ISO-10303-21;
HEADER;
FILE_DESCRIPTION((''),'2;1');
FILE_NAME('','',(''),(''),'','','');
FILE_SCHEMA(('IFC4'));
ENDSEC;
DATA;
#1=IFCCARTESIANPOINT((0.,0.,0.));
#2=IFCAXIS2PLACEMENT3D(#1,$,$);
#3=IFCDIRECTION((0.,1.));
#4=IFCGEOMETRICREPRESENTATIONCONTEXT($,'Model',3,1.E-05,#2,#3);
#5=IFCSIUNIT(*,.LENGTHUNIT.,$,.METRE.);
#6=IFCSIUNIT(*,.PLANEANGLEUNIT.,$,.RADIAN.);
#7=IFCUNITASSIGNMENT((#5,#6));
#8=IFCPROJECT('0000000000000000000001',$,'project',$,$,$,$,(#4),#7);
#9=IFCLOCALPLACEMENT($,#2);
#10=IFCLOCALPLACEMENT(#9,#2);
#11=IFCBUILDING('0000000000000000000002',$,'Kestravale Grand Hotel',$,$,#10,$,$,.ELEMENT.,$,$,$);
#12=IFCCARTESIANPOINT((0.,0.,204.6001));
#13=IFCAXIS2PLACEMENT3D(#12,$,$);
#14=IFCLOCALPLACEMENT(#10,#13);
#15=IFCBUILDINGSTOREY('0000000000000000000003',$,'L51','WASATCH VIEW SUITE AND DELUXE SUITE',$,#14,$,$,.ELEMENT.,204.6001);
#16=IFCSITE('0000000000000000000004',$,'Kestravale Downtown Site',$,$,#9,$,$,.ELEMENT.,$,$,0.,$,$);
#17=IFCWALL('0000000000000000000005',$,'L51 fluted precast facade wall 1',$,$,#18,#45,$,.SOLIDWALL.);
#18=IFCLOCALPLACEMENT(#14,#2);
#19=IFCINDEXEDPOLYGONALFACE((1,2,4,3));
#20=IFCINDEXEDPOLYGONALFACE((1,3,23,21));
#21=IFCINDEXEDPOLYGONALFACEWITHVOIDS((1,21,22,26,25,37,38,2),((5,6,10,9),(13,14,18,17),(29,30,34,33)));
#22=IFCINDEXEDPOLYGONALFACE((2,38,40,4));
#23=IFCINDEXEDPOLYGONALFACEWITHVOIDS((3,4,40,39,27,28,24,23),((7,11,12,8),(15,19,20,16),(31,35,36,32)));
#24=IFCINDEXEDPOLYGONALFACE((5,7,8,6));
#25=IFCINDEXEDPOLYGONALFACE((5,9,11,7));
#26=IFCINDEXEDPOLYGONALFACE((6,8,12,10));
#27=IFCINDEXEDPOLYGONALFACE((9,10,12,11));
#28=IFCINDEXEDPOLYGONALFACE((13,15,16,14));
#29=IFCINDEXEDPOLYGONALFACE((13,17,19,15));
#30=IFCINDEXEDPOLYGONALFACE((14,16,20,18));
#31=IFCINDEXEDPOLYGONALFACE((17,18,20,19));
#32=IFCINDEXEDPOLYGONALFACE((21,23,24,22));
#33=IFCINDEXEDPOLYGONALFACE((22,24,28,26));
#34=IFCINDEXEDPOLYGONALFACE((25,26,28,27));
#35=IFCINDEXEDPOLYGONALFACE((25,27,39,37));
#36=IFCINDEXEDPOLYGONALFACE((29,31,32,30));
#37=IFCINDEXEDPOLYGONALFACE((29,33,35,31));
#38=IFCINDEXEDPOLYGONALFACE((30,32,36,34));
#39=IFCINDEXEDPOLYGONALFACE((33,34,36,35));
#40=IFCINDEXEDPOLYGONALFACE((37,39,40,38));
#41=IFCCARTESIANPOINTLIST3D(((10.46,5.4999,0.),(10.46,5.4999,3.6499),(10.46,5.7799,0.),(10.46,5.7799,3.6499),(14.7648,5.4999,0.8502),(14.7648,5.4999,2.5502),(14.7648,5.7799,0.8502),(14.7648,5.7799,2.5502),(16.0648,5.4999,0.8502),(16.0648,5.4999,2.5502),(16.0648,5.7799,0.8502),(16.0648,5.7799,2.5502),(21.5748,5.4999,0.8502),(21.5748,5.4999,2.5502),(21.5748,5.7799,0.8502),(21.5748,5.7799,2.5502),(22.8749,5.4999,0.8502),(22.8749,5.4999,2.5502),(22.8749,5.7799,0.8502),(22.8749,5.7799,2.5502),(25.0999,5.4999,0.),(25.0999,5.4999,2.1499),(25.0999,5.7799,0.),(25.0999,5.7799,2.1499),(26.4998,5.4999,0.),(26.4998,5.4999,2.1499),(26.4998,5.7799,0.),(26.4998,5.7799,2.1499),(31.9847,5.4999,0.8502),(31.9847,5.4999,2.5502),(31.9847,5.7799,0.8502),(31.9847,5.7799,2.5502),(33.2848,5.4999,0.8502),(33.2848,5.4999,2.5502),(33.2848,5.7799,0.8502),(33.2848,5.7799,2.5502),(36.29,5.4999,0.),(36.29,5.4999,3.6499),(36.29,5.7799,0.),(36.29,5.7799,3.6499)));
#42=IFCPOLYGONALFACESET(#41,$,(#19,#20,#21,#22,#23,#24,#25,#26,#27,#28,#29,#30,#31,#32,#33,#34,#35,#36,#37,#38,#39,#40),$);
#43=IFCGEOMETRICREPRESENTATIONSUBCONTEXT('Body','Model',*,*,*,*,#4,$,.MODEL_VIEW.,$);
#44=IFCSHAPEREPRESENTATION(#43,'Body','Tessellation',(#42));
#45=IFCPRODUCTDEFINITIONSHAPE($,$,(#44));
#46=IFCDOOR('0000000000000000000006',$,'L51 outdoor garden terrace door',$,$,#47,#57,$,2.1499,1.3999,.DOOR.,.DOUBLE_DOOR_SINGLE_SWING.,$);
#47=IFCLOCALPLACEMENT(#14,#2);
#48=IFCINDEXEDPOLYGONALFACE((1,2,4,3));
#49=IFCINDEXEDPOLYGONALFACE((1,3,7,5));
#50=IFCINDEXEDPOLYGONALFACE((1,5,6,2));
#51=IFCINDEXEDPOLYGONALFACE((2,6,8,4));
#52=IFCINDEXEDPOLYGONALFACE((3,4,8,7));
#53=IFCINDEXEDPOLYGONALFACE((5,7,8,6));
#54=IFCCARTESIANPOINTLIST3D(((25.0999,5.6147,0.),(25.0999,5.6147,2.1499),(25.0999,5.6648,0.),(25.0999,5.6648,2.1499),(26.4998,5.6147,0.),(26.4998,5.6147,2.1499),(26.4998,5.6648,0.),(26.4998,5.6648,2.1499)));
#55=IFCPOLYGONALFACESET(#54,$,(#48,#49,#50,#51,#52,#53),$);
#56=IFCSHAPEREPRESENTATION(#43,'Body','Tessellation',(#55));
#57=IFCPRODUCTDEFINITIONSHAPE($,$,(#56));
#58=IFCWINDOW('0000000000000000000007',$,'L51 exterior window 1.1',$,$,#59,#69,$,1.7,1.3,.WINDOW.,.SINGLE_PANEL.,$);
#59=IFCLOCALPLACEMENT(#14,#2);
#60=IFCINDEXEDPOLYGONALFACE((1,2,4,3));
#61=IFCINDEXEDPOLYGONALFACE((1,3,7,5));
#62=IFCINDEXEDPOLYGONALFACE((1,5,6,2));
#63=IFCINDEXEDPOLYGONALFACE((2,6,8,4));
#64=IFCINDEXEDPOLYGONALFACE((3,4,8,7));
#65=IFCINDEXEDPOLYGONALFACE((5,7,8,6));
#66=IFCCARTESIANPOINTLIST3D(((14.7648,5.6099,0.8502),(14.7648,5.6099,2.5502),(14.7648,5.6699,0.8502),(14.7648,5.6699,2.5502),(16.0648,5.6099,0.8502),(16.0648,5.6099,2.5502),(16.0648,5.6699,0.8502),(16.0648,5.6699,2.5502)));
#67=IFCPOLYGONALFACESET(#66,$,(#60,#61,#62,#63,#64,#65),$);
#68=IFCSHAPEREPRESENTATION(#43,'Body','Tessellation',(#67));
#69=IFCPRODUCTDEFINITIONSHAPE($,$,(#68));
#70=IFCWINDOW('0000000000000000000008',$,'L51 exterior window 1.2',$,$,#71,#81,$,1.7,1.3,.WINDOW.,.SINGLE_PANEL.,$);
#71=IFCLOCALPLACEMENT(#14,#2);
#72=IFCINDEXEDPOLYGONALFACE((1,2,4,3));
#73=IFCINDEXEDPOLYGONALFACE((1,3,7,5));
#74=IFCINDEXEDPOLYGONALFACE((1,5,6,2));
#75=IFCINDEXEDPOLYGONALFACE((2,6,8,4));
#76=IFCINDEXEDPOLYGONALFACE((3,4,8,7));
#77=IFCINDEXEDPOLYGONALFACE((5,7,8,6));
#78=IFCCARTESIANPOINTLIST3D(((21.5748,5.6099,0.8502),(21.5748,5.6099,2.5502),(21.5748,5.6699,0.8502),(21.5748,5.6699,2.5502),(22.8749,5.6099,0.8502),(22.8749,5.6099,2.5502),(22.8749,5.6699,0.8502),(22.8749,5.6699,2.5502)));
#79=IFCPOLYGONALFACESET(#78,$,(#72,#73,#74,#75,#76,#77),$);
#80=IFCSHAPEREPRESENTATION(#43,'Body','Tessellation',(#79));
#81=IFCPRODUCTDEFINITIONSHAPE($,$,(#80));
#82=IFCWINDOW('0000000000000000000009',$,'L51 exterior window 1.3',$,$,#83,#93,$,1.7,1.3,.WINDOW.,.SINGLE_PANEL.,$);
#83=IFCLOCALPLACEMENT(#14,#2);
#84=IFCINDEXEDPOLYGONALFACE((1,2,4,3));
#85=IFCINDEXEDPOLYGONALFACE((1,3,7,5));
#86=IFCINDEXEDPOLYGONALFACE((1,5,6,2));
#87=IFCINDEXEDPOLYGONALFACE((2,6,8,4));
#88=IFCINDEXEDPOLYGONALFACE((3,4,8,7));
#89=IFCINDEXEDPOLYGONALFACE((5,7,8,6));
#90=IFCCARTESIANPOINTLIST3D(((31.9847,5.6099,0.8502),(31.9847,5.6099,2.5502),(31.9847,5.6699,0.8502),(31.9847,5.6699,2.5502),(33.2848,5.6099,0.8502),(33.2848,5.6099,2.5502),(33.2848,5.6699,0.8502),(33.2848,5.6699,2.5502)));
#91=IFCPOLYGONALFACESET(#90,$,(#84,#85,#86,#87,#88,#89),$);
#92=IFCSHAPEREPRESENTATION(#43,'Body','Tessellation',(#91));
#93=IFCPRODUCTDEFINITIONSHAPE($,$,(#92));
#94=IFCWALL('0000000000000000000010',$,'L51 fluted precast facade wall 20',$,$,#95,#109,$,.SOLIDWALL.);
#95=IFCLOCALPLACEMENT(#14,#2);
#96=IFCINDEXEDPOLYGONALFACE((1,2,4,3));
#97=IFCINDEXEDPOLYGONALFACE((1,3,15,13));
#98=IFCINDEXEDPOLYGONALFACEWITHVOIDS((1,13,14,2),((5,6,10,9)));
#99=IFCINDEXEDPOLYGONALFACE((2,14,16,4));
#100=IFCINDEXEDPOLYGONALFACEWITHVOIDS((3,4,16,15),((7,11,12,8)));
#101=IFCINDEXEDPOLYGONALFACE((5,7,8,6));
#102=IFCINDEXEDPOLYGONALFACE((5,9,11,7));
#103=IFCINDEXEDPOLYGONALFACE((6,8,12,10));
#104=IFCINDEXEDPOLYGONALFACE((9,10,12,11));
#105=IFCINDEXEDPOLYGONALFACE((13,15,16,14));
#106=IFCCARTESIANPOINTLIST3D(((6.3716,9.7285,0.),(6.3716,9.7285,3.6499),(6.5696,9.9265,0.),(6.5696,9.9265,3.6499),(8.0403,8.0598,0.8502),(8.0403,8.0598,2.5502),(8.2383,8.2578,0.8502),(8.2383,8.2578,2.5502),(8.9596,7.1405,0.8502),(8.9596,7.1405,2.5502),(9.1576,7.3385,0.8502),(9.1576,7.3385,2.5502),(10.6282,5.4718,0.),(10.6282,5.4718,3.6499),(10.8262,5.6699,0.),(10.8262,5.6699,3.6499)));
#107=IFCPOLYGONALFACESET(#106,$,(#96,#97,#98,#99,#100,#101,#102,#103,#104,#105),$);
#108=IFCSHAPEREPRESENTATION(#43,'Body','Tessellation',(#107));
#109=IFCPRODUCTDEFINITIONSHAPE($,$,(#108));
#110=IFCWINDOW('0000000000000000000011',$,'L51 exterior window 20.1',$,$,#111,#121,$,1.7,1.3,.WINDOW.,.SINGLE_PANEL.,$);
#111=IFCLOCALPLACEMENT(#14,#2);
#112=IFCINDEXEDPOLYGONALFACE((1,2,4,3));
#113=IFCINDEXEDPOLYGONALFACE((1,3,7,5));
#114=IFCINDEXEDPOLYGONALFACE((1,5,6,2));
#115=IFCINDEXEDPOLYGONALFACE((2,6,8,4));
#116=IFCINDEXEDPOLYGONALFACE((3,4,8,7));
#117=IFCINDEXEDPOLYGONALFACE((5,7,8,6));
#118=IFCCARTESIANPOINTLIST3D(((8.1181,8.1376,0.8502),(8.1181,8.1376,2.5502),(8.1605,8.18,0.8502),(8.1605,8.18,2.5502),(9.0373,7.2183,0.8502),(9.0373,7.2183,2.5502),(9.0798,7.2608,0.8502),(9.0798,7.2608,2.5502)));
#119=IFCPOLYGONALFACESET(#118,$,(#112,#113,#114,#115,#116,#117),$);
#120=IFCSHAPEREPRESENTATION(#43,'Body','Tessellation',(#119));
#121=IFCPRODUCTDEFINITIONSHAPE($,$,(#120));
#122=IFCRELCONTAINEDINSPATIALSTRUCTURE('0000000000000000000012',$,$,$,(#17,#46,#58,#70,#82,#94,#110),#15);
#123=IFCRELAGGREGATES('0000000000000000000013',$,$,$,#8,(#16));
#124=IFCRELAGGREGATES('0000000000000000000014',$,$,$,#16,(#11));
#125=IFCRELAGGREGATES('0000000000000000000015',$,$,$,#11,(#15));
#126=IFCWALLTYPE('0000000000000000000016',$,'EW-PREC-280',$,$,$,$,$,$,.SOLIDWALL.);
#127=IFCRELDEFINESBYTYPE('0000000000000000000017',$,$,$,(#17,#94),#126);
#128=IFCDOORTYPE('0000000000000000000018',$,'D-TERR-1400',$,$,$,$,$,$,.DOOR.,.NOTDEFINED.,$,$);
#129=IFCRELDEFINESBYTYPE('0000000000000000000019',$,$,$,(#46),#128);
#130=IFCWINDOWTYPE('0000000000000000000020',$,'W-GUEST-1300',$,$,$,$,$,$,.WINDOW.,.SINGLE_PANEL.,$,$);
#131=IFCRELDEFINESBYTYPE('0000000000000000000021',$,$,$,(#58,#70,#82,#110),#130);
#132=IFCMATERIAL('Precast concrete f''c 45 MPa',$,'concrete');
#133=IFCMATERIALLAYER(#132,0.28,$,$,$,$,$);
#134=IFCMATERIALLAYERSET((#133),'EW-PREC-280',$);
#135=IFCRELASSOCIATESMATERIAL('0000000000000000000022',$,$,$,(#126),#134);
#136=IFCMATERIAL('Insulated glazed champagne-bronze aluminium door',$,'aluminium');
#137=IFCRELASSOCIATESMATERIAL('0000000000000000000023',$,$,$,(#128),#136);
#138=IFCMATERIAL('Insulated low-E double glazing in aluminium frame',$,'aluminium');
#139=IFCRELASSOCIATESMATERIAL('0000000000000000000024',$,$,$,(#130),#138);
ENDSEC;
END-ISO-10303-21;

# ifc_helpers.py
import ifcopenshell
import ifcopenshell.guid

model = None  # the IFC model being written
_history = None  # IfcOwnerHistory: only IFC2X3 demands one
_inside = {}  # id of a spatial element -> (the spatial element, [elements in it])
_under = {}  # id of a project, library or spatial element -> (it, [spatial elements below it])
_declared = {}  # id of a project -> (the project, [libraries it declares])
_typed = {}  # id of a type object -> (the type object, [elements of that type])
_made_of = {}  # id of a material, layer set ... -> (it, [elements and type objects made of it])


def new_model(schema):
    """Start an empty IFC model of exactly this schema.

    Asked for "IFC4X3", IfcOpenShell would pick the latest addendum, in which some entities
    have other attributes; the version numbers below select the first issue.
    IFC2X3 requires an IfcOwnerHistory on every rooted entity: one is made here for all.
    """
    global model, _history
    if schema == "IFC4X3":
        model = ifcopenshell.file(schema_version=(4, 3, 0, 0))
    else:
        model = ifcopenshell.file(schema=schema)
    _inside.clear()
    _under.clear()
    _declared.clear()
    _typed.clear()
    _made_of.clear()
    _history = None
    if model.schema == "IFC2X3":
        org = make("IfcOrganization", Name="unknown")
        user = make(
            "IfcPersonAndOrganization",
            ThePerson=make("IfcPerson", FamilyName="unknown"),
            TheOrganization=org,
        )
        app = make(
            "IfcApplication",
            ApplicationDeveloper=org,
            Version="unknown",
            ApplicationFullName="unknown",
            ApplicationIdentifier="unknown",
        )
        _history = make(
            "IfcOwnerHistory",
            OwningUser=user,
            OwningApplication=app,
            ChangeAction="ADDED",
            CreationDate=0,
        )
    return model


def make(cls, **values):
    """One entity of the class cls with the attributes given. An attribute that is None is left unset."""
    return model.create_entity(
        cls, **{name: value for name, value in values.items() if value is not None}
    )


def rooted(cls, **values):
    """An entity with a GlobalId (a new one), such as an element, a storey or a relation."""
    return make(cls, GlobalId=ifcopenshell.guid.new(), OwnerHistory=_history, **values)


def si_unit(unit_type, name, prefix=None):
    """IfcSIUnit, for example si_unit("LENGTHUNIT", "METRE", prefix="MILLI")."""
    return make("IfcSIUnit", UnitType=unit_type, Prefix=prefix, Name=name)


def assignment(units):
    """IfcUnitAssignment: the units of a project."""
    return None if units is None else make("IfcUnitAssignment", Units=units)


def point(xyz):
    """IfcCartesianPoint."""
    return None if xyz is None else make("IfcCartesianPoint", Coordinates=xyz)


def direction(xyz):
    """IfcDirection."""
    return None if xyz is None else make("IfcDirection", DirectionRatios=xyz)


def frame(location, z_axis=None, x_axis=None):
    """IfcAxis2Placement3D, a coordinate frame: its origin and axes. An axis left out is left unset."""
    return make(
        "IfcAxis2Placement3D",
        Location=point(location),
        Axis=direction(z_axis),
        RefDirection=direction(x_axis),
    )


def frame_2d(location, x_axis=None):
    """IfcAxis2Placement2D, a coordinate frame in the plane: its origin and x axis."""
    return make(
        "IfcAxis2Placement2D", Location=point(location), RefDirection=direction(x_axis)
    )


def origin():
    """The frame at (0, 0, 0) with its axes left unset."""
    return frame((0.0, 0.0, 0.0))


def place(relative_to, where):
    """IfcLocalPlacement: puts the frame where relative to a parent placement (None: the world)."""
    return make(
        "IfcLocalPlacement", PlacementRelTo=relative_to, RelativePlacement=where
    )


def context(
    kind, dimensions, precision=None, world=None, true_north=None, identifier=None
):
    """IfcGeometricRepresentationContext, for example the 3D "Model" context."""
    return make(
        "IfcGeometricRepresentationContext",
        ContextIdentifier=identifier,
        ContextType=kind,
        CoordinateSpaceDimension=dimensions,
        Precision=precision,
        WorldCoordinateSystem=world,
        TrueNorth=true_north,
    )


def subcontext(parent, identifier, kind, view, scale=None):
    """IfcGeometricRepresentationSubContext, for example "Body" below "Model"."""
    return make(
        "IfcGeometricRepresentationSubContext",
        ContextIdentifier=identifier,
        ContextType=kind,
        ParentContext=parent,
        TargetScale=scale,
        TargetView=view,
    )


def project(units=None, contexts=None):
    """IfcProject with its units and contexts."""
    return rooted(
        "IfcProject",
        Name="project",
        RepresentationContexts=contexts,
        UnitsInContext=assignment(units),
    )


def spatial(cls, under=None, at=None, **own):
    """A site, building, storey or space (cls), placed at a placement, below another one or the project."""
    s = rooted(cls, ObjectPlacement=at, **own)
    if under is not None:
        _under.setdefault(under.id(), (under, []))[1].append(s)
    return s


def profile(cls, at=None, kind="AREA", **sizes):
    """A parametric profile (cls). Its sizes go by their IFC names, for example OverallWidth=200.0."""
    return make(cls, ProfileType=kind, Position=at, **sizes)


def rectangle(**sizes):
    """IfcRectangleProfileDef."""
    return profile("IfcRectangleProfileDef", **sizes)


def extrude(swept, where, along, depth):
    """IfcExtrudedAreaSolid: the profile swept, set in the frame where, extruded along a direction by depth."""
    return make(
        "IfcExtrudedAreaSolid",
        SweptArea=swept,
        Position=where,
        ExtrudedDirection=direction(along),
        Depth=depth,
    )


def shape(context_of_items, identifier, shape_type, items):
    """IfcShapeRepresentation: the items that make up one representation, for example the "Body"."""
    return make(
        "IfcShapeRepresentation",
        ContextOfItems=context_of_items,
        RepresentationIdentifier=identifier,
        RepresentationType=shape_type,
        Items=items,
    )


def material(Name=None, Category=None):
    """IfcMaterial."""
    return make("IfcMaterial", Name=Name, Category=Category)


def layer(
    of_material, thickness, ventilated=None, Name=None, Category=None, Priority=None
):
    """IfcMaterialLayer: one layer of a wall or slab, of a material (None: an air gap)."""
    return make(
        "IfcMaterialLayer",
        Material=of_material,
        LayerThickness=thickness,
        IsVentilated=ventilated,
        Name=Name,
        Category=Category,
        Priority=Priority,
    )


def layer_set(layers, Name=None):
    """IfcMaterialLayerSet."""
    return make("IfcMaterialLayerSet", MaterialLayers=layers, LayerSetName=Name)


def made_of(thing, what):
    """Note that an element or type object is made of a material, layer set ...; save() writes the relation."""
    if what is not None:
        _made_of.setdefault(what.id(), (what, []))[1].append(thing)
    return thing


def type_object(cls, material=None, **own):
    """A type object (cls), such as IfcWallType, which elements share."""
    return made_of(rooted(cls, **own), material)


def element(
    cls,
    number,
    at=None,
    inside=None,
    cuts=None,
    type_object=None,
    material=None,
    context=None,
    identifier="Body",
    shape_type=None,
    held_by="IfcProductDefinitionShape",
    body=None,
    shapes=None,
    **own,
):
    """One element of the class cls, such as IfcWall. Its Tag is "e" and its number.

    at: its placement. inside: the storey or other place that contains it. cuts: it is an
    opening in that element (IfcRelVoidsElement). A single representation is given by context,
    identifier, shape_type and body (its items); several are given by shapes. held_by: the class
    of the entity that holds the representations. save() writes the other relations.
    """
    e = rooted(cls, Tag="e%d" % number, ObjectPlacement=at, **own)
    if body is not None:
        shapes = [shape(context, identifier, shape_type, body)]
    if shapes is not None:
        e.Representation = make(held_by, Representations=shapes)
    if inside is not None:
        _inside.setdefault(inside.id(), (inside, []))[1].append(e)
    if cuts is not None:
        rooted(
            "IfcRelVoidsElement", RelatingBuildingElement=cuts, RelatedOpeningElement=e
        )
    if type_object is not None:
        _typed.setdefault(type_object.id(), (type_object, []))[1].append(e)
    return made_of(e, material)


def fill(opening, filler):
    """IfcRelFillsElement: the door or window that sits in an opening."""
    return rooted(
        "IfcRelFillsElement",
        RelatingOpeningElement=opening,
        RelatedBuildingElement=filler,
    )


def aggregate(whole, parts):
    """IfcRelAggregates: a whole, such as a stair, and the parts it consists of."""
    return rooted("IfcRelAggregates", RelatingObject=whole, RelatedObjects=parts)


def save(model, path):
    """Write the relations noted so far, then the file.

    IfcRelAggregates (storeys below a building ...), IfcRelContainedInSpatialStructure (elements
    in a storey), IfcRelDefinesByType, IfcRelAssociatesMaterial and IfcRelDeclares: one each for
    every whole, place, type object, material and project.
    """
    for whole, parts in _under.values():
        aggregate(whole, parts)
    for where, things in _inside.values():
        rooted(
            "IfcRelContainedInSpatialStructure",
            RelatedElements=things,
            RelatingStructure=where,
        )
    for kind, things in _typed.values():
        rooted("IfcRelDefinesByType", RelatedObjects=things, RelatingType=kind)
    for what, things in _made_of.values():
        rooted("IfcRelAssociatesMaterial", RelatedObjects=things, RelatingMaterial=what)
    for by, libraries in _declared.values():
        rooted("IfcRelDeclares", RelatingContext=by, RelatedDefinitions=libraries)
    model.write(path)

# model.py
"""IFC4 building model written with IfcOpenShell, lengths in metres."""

from ifc_helpers import new_model, si_unit, direction, frame, frame_2d, origin, place, context, subcontext, project, spatial, rectangle, extrude, material, layer, layer_set, type_object, element, fill, save


model = new_model("IFC4")

# Units and contexts
model_context = context("Model", 3, precision=1e-05, world=origin(), true_north=direction((0.0, 1.0)))
body_context = subcontext(model_context, "Body", "Model", "MODEL_VIEW")
ifc_project = project(units=[si_unit("LENGTHUNIT", "METRE"), si_unit("PLANEANGLEUNIT", "RADIAN")], contexts=[model_context])

# Site, building, storey
site_placement = place(None, origin())
site = spatial("IfcSite", under=ifc_project, at=site_placement, Name="Kestravale Downtown Site", CompositionType="ELEMENT", RefElevation=0.0)
building_placement = place(site_placement, origin())
building = spatial("IfcBuilding", under=site, at=building_placement, Name="Kestravale Grand Hotel", CompositionType="ELEMENT")
storey_placement = place(building_placement, frame((0.0, 0.0, 204.6001)))
storey = spatial("IfcBuildingStorey", under=building, at=storey_placement, Name="L51", Description="WASATCH VIEW SUITE AND DELUXE SUITE", CompositionType="ELEMENT", Elevation=204.6001)

# Wall, openings, door, windows
ifc_material_1 = material(Name="Precast concrete f'c 45 MPa", Category="concrete")
ifc_layer_1 = layer(ifc_material_1, 0.28)
ifc_layer_set_1 = layer_set([ifc_layer_1], Name="EW-PREC-280")
wall_type_1 = type_object("IfcWallType", Name="EW-PREC-280", PredefinedType="SOLIDWALL", material=ifc_layer_set_1)
wall_1_placement = place(storey_placement, frame((10.46, 5.6399, 0.0), z_axis=(0.0, 0.0, 1.0), x_axis=(1.0, 0.0, 0.0)))
wall_1 = element("IfcWall", 1, at=wall_1_placement, inside=storey, type_object=wall_type_1, Name="L51 fluted precast facade wall 1", PredefinedType="SOLIDWALL", context=body_context, shape_type="SweptSolid", body=[
    extrude(rectangle(XDim=25.8301, YDim=0.28, at=frame_2d((12.915, 0.0))), origin(), (0.0, 0.0, 1.0), 3.6499),
])
opening_1_placement = place(wall_1_placement, frame((14.6399, 0.0, 0.0)))
opening_1 = element("IfcOpeningElement", 2, at=opening_1_placement, cuts=wall_1, PredefinedType="OPENING", context=body_context, shape_type="SweptSolid", body=[
    extrude(rectangle(XDim=1.3999, YDim=2.1499, at=frame_2d((0.7, 1.075))), frame((0.0, 0.1499, 0.0), z_axis=(0.0, -1.0, 0.0), x_axis=(1.0, 0.0, 0.0)), (0.0, 0.0, 1.0), 0.3),
])
opening_2_placement = place(wall_1_placement, frame((4.3049, 0.0, 0.8501)))
opening_2 = element("IfcOpeningElement", 3, at=opening_2_placement, cuts=wall_1, PredefinedType="OPENING", context=body_context, shape_type="SweptSolid", body=[
    extrude(rectangle(XDim=1.3, YDim=1.7, at=frame_2d((0.6499, 0.8501))), frame((0.0, 0.1499, 0.0), z_axis=(0.0, -1.0, 0.0), x_axis=(1.0, 0.0, 0.0)), (0.0, 0.0, 1.0), 0.3),
])
opening_3_placement = place(wall_1_placement, frame((11.115, 0.0, 0.8501)))
opening_3 = element("IfcOpeningElement", 4, at=opening_3_placement, cuts=wall_1, PredefinedType="OPENING", context=body_context, shape_type="SweptSolid", body=[
    extrude(rectangle(XDim=1.3, YDim=1.7, at=frame_2d((0.6499, 0.8501))), frame((0.0, 0.1499, 0.0), z_axis=(0.0, -1.0, 0.0), x_axis=(1.0, 0.0, 0.0)), (0.0, 0.0, 1.0), 0.3),
])
opening_4_placement = place(wall_1_placement, frame((21.5249, 0.0, 0.8501)))
opening_4 = element("IfcOpeningElement", 5, at=opening_4_placement, cuts=wall_1, PredefinedType="OPENING", context=body_context, shape_type="SweptSolid", body=[
    extrude(rectangle(XDim=1.3, YDim=1.7, at=frame_2d((0.6499, 0.8501))), frame((0.0, 0.1499, 0.0), z_axis=(0.0, -1.0, 0.0), x_axis=(1.0, 0.0, 0.0)), (0.0, 0.0, 1.0), 0.3),
])
ifc_material_2 = material(Name="Insulated glazed champagne-bronze aluminium door", Category="aluminium")
door_type_1 = type_object("IfcDoorType", Name="D-TERR-1400", OperationType="NOTDEFINED", PredefinedType="DOOR", material=ifc_material_2)
door_1_placement = place(opening_1_placement, origin())
door_1 = element("IfcDoor", 6, at=door_1_placement, inside=storey, type_object=door_type_1, Name="L51 outdoor garden terrace door", OperationType="DOUBLE_DOOR_SINGLE_SWING", OverallHeight=2.1499, OverallWidth=1.3999, PredefinedType="DOOR", context=body_context, shape_type="SweptSolid", body=[
    extrude(rectangle(XDim=1.3999, YDim=2.1499, at=frame_2d((0.7, 1.075))), frame((0.0, 0.0249, 0.0), z_axis=(0.0, -1.0, 0.0), x_axis=(1.0, 0.0, 0.0)), (0.0, 0.0, 1.0), 0.05),
])
fill(opening_1, door_1)
ifc_material_3 = material(Name="Insulated low-E double glazing in aluminium frame", Category="aluminium")
window_type = type_object("IfcWindowType", Name="W-GUEST-1300", PartitioningType="SINGLE_PANEL", PredefinedType="WINDOW", material=ifc_material_3)
window_1_placement = place(opening_2_placement, origin())
window_1 = element("IfcWindow", 7, at=window_1_placement, inside=storey, type_object=window_type, Name="L51 exterior window 1.1", OverallHeight=1.7, OverallWidth=1.3, PartitioningType="SINGLE_PANEL", PredefinedType="WINDOW", context=body_context, shape_type="SweptSolid", body=[
    extrude(rectangle(XDim=1.3, YDim=1.7, at=frame_2d((0.6499, 0.8501))), frame((0.0, 0.03, 0.0), z_axis=(0.0, -1.0, 0.0), x_axis=(1.0, 0.0, 0.0)), (0.0, 0.0, 1.0), 0.0601),
])
fill(opening_2, window_1)
window_2_placement = place(opening_3_placement, origin())
window_2 = element("IfcWindow", 8, at=window_2_placement, inside=storey, type_object=window_type, Name="L51 exterior window 1.2", OverallHeight=1.7, OverallWidth=1.3, PartitioningType="SINGLE_PANEL", PredefinedType="WINDOW", context=body_context, shape_type="SweptSolid", body=[
    extrude(rectangle(XDim=1.3, YDim=1.7, at=frame_2d((0.6499, 0.8501))), frame((0.0, 0.03, 0.0), z_axis=(0.0, -1.0, 0.0), x_axis=(1.0, 0.0, 0.0)), (0.0, 0.0, 1.0), 0.0601),
])
fill(opening_3, window_2)
window_3_placement = place(opening_4_placement, origin())
window_3 = element("IfcWindow", 9, at=window_3_placement, inside=storey, type_object=window_type, Name="L51 exterior window 1.3", OverallHeight=1.7, OverallWidth=1.3, PartitioningType="SINGLE_PANEL", PredefinedType="WINDOW", context=body_context, shape_type="SweptSolid", body=[
    extrude(rectangle(XDim=1.3, YDim=1.7, at=frame_2d((0.6499, 0.8501))), frame((0.0, 0.03, 0.0), z_axis=(0.0, -1.0, 0.0), x_axis=(1.0, 0.0, 0.0)), (0.0, 0.0, 1.0), 0.0601),
])
fill(opening_4, window_3)

# Wall, opening, window
wall_2_placement = place(storey_placement, frame((6.4707, 9.8274, 0.0), z_axis=(0.0, 0.0, 1.0), x_axis=(0.707107, -0.707107, 0.0)))
wall_2 = element("IfcWall", 10, at=wall_2_placement, inside=storey, type_object=wall_type_1, Name="L51 fluted precast facade wall 20", PredefinedType="SOLIDWALL", context=body_context, shape_type="SweptSolid", body=[
    extrude(rectangle(XDim=6.0198, YDim=0.28, at=frame_2d((3.0098, 0.0))), origin(), (0.0, 0.0, 1.0), 3.6499),
])
opening_5_placement = place(wall_2_placement, frame((2.3599, 0.0, 0.8501)))
opening_5 = element("IfcOpeningElement", 11, at=opening_5_placement, cuts=wall_2, PredefinedType="OPENING", context=body_context, shape_type="SweptSolid", body=[
    extrude(rectangle(XDim=1.3, YDim=1.7, at=frame_2d((0.6499, 0.8501))), frame((0.0, 0.1499, 0.0), z_axis=(0.0, -1.0, 0.0), x_axis=(1.0, 0.0, 0.0)), (0.0, 0.0, 1.0), 0.3),
])
window_4_placement = place(opening_5_placement, origin())
window_4 = element("IfcWindow", 12, at=window_4_placement, inside=storey, type_object=window_type, Name="L51 exterior window 20.1", OverallHeight=1.7, OverallWidth=1.3, PartitioningType="SINGLE_PANEL", PredefinedType="WINDOW", context=body_context, shape_type="SweptSolid", body=[
    extrude(rectangle(XDim=1.3, YDim=1.7, at=frame_2d((0.6499, 0.8501))), frame((0.0, 0.03, 0.0), z_axis=(0.0, -1.0, 0.0), x_axis=(1.0, 0.0, 0.0)), (0.0, 0.0, 1.0), 0.0601),
])
fill(opening_5, window_4)

save(model, "model.ifc")
